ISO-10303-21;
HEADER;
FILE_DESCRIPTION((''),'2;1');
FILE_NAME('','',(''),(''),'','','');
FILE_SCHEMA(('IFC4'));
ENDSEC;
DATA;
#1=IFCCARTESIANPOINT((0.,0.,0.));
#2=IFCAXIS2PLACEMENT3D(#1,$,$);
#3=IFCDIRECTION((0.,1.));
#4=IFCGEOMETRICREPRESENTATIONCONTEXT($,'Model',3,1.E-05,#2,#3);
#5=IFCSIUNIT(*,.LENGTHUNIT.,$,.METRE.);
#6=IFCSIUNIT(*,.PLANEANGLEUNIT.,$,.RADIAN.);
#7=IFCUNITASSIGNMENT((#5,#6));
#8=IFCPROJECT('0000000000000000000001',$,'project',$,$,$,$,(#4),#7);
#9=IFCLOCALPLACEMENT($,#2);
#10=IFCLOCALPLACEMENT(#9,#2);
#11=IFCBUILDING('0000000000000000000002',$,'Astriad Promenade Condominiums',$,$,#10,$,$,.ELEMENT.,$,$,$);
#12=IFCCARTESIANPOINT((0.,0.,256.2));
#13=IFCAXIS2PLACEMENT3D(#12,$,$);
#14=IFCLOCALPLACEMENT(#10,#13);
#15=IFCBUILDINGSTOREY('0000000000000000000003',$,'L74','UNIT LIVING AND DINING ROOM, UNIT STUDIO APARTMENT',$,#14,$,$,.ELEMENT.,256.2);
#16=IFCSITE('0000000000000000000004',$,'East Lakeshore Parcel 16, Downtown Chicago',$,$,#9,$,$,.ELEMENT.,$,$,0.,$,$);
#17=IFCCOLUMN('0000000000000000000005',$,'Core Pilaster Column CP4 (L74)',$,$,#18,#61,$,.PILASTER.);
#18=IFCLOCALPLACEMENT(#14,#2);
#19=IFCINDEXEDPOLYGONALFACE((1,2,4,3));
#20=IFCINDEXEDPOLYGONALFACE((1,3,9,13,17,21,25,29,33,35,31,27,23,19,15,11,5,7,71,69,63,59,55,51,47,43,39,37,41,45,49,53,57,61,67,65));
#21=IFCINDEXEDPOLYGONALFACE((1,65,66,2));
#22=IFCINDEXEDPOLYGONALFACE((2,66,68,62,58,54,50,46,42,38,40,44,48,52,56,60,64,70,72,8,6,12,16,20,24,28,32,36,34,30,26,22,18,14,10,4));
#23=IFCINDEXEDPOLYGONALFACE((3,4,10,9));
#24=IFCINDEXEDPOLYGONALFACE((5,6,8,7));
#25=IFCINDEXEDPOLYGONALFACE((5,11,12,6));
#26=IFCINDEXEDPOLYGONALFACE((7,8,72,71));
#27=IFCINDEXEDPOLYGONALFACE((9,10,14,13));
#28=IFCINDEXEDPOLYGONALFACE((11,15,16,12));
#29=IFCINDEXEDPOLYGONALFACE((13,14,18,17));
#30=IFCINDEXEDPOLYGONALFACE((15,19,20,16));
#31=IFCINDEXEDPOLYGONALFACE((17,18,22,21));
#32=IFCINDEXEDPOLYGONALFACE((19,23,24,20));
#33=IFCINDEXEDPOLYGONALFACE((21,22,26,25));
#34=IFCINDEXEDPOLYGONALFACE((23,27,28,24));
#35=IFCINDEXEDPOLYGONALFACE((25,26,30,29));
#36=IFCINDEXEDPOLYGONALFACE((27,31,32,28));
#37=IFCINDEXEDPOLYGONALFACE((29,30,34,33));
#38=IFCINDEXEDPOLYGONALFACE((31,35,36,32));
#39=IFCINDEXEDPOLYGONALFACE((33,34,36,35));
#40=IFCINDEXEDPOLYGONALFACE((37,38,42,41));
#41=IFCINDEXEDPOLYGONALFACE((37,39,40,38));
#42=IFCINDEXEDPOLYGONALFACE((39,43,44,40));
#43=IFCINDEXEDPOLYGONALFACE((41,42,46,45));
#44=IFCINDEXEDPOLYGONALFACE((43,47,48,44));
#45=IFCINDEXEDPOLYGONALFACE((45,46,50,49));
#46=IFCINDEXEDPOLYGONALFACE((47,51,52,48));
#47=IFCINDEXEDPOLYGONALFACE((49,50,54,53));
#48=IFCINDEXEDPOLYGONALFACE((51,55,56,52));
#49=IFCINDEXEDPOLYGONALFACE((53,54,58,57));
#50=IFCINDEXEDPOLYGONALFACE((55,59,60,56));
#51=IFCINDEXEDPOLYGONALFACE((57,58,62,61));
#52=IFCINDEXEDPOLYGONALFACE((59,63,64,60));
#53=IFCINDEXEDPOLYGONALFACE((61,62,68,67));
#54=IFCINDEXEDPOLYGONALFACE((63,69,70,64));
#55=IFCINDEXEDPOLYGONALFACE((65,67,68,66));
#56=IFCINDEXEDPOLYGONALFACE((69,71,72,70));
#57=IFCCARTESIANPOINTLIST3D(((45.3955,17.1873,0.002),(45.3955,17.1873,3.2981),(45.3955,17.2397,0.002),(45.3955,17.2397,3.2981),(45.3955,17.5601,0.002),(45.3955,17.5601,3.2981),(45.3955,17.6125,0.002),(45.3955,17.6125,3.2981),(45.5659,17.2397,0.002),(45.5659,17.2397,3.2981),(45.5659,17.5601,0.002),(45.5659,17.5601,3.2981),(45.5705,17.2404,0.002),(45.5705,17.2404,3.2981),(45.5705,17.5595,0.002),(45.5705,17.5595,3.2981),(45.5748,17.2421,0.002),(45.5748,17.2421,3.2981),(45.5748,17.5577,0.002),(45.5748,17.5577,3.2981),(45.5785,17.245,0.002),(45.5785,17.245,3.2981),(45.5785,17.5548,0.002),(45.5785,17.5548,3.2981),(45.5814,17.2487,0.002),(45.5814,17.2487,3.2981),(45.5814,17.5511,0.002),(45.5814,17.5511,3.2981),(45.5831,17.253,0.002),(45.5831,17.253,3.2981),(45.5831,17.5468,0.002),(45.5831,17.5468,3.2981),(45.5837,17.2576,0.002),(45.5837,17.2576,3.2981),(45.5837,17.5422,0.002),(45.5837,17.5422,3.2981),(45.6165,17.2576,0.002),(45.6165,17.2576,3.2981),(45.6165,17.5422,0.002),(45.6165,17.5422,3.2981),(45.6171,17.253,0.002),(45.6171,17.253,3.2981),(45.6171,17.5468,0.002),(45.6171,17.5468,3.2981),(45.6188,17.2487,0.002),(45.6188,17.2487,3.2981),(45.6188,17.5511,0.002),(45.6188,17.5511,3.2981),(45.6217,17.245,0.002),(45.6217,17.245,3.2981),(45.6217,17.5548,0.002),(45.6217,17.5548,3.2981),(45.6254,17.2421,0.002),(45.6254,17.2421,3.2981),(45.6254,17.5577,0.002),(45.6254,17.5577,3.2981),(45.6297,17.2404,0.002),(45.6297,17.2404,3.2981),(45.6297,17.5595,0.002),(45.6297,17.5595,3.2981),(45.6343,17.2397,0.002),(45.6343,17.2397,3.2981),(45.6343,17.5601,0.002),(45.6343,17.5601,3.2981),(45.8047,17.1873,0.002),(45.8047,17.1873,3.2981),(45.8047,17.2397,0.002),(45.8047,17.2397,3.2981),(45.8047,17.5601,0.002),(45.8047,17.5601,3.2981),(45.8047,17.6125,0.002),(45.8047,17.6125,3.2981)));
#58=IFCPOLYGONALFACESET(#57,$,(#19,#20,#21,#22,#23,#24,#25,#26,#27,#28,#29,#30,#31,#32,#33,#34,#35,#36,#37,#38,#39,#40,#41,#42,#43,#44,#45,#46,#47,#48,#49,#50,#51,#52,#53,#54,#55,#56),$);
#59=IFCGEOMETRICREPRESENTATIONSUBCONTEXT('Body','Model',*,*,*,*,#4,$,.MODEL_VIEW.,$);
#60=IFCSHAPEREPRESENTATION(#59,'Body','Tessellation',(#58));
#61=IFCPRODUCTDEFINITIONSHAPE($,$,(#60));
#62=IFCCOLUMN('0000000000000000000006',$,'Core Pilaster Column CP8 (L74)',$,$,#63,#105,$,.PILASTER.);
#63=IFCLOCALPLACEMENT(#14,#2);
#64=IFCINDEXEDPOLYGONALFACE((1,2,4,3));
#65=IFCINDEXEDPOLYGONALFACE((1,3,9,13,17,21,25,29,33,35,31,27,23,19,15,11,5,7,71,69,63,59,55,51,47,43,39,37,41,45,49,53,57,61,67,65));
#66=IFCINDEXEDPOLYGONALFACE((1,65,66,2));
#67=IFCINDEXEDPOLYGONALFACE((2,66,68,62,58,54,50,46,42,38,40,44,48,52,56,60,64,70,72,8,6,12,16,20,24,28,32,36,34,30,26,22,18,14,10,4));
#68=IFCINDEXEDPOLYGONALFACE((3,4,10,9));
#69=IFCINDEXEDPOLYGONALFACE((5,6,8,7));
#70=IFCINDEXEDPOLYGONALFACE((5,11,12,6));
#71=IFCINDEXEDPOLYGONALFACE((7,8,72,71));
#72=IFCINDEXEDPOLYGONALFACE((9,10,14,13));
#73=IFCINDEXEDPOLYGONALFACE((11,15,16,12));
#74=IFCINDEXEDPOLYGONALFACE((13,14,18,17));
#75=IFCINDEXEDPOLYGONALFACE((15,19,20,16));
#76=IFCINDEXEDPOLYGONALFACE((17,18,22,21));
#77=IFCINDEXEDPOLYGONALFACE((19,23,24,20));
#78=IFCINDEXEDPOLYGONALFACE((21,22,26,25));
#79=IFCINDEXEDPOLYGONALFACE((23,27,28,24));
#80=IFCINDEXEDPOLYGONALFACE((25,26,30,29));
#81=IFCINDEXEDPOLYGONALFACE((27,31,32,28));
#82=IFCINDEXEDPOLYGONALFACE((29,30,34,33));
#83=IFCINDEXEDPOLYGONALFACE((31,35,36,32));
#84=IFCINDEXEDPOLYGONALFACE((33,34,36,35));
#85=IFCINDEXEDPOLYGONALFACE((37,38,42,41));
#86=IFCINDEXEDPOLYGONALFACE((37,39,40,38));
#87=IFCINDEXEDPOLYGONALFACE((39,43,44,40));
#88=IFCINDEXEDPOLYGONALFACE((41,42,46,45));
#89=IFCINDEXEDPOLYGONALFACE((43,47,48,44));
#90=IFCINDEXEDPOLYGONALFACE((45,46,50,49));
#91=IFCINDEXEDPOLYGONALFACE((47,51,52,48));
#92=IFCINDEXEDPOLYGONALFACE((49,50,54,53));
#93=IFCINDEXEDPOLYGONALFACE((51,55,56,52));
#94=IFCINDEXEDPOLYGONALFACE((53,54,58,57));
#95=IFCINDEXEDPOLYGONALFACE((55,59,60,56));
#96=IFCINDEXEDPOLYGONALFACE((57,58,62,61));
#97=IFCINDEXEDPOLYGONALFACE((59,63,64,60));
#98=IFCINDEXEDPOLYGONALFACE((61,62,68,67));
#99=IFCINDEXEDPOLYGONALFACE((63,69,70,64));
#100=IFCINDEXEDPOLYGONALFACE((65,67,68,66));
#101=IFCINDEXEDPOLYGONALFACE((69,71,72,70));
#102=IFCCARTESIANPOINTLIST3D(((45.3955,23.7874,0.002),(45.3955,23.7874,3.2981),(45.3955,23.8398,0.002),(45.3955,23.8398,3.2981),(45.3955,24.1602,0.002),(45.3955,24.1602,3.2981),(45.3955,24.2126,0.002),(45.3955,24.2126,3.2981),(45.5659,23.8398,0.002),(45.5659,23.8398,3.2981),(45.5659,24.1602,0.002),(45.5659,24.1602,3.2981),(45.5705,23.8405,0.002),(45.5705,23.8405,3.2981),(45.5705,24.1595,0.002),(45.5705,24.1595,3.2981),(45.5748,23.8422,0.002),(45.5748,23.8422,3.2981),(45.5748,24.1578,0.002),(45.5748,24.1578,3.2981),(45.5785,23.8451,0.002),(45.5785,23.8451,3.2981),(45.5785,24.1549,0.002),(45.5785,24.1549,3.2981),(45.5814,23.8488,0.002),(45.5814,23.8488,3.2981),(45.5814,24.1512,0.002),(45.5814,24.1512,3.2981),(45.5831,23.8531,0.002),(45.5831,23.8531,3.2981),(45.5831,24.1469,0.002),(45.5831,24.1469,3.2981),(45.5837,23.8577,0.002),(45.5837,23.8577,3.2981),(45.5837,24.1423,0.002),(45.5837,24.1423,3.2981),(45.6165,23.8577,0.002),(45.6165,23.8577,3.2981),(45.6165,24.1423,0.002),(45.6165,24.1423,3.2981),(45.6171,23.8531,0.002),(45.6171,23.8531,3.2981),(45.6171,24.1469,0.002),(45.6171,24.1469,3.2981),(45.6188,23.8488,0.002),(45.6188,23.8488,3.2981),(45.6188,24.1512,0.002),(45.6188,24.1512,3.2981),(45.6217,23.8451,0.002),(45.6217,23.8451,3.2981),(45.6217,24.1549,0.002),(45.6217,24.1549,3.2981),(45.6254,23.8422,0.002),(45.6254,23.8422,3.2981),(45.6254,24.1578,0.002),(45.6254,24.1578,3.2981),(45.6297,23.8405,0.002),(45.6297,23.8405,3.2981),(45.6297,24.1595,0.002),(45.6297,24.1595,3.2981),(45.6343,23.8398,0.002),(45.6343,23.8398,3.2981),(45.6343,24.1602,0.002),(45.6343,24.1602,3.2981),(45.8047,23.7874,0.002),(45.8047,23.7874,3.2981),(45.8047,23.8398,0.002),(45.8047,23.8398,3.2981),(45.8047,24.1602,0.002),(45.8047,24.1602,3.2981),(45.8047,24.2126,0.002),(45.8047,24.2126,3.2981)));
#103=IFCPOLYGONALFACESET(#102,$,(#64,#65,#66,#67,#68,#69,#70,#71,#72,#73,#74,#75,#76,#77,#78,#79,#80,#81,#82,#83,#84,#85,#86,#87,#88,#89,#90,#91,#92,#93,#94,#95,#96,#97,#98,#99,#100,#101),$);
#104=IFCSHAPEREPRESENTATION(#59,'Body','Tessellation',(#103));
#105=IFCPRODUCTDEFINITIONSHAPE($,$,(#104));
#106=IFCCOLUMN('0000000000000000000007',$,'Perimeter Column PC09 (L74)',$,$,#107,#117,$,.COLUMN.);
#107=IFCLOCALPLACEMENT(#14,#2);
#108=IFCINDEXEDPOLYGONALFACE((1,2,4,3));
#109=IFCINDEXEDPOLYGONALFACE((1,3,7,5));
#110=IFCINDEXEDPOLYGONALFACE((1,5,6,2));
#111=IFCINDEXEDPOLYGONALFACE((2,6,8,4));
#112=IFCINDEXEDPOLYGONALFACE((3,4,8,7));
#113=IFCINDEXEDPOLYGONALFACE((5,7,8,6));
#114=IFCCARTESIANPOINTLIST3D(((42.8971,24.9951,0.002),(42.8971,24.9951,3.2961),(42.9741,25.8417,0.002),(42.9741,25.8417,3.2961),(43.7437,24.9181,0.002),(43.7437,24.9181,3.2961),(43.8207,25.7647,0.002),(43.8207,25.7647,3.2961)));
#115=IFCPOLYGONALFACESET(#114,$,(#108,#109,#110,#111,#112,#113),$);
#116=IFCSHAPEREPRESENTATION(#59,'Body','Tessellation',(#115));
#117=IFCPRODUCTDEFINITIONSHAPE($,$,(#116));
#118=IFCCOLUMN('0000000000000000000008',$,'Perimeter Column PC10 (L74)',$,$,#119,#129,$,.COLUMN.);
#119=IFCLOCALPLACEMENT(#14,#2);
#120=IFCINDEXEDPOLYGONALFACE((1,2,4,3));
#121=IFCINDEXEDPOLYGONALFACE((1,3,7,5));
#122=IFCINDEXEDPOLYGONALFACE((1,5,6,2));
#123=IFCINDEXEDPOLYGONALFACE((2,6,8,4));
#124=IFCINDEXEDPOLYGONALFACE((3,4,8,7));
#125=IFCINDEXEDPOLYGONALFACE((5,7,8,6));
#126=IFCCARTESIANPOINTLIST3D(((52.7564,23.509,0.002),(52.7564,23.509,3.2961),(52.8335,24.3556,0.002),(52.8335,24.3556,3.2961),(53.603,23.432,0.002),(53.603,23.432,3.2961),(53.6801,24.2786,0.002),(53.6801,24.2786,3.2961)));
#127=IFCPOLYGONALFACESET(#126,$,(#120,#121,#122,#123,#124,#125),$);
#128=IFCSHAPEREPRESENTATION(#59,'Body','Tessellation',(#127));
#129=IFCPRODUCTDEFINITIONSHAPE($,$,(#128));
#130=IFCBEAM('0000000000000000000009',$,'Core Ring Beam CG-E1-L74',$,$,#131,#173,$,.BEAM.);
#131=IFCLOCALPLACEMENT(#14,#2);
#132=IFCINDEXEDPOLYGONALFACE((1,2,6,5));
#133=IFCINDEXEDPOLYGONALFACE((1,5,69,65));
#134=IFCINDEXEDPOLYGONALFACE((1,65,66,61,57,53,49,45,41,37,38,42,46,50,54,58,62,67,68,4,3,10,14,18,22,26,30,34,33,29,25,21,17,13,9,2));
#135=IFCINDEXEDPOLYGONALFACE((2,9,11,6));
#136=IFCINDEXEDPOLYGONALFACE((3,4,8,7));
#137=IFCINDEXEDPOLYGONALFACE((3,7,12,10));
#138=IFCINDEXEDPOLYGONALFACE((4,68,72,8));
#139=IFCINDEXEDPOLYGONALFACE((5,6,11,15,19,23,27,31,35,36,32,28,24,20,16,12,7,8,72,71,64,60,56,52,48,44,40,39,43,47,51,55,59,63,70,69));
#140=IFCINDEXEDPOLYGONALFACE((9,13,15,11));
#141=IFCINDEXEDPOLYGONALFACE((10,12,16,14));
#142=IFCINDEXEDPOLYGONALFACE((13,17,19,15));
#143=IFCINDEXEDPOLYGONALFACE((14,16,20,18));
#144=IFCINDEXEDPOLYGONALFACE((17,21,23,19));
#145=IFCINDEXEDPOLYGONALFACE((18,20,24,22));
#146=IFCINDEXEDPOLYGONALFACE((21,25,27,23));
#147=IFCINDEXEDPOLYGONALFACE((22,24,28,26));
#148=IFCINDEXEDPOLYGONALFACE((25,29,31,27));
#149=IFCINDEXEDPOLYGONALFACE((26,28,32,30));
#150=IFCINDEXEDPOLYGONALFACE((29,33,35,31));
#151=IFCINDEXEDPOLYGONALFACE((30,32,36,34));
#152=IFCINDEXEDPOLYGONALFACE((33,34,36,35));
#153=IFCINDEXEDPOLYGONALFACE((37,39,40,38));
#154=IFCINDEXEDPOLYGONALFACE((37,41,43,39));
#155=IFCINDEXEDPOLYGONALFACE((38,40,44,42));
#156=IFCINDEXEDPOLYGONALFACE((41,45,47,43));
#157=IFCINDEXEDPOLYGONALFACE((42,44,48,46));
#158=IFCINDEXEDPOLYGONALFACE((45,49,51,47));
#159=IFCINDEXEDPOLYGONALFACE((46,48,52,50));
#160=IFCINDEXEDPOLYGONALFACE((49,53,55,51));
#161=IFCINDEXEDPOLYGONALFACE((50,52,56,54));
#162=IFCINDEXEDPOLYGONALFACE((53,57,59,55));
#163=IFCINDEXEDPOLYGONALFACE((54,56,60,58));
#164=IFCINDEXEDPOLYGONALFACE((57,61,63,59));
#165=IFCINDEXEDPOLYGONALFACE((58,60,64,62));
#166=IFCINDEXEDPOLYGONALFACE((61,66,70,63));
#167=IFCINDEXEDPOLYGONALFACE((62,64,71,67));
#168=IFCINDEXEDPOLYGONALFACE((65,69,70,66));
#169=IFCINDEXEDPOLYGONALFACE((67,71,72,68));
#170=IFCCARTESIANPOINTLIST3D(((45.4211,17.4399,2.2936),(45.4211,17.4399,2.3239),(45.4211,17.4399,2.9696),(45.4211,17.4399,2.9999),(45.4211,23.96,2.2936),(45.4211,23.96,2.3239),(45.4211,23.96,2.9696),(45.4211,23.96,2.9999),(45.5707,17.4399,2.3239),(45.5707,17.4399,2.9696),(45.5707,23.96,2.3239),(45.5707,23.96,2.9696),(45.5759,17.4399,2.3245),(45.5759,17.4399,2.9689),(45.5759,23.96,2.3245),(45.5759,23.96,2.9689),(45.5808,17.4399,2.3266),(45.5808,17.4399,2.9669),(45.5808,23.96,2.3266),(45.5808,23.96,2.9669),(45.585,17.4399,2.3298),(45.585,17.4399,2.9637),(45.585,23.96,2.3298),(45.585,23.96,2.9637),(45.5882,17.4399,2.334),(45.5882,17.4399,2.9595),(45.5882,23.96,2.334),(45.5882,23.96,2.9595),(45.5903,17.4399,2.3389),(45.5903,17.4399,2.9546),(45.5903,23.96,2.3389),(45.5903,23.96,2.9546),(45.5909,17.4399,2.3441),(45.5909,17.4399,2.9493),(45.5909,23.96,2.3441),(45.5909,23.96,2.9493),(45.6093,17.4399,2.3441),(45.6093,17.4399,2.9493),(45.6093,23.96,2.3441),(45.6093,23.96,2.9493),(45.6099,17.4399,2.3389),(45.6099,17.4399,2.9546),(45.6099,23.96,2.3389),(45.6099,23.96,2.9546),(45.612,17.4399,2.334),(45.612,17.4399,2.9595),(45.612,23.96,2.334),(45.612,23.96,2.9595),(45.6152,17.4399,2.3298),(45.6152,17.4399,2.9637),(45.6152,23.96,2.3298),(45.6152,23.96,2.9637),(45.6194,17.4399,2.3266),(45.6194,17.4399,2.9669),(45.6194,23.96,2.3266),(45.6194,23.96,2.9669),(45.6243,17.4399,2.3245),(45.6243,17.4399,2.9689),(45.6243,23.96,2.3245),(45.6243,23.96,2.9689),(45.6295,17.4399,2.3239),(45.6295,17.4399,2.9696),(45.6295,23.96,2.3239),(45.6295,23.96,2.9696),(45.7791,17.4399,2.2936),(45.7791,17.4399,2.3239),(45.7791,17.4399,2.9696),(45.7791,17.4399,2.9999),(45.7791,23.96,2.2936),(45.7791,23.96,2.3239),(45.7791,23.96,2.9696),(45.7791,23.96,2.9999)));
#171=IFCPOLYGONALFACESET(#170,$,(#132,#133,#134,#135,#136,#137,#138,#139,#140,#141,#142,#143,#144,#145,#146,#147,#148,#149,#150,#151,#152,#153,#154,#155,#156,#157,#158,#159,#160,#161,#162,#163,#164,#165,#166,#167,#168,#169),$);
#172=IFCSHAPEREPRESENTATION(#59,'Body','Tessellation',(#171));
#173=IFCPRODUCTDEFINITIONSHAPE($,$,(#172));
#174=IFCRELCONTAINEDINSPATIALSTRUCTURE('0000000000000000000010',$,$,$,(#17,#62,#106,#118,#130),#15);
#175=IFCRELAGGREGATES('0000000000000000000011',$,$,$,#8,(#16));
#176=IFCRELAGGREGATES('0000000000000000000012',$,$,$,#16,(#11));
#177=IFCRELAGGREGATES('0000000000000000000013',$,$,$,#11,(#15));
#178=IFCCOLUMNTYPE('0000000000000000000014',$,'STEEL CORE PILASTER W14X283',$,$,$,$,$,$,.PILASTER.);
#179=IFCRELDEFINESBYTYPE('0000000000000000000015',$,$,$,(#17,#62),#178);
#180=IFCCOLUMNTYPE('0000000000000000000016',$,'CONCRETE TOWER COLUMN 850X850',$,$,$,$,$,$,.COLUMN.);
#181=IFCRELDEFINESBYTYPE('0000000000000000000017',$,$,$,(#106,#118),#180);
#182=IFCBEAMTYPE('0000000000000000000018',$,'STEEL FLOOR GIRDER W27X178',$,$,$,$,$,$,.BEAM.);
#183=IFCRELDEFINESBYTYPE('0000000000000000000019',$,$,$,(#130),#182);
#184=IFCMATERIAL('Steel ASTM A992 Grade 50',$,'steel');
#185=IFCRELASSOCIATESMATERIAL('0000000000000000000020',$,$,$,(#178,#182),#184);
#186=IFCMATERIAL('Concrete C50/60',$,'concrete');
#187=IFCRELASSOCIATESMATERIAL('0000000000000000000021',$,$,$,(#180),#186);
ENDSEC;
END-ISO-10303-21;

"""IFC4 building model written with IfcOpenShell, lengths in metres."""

from ifc_helpers import new_model, si_unit, direction, frame, origin, origin_2d, place, context, subcontext, project, spatial, rectangle, i_section, extrude, source, transform, mapped, material, material_profile, profile_set, type_object, type_shapes, element, save


model = new_model("IFC4")

# Units and contexts
model_context = context("Model", 3, precision=1e-05, world=origin(), true_north=direction((0.0, 1.0)))
body_context = subcontext(model_context, "Body", "Model", "MODEL_VIEW")
ifc_project = project(units=[si_unit("LENGTHUNIT", "METRE"), si_unit("PLANEANGLEUNIT", "RADIAN")], contexts=[model_context])

# Site, building, storey
site_placement = place(None, origin())
site = spatial("IfcSite", under=ifc_project, at=site_placement, Name="East Lakeshore Parcel 16, Downtown Chicago", CompositionType="ELEMENT", RefElevation=0.0)
building_placement = place(site_placement, origin())
building = spatial("IfcBuilding", under=site, at=building_placement, Name="Astriad Promenade Condominiums", CompositionType="ELEMENT")
storey_placement = place(building_placement, frame((0.0, 0.0, 256.2)))
storey = spatial("IfcBuildingStorey", under=building, at=storey_placement, Name="L74", Description="UNIT LIVING AND DINING ROOM, UNIT STUDIO APARTMENT", CompositionType="ELEMENT", Elevation=256.2)

# Columns
ifc_material_1 = material(Name="Steel ASTM A992 Grade 50", Category="steel")
ifc_material_profile_1 = material_profile(ifc_material_1, i_section(OverallWidth=0.4092, OverallDepth=0.4253, WebThickness=0.0327, FlangeThickness=0.0525, FilletRadius=0.0178, at=origin_2d()), Name="W14X283")
ifc_profile_set_1 = profile_set([ifc_material_profile_1], Name="Steel ASTM A992 Grade 50")
column_type_1 = type_object("IfcColumnType", Name="STEEL CORE PILASTER W14X283", PredefinedType="PILASTER", material=ifc_profile_set_1)
shared_shape_1 = source(origin(), body_context, "Body", "SweptSolid", [
    extrude(i_section(OverallWidth=0.4092, OverallDepth=0.4253, WebThickness=0.0327, FlangeThickness=0.0525, FilletRadius=0.0178, at=origin_2d()), origin(), (0.0, 0.0, 1.0), 3.2961),
])
type_shapes(column_type_1, [shared_shape_1])
for number, where, z_axis, x_axis, name in (
    (1, (45.6001, 17.3999, 0.002), (0.0, 0.0, 1.0), (1.0, 0.0, 0.0), "Core Pilaster Column CP4 (L74)"),
    (2, (45.6001, 24.0, 0.002), (0.0, 0.0, 1.0), (1.0, 0.0, 0.0), "Core Pilaster Column CP8 (L74)"),
):
    element("IfcColumn", number, at=place(storey_placement, frame(where, z_axis=z_axis, x_axis=x_axis)), inside=storey, type_object=column_type_1, Name=name, PredefinedType="PILASTER", context=body_context, shape_type="MappedRepresentation", body=[
        mapped(shared_shape_1, transform((0.0, 0.0, 0.0), scale=1.0)),
    ])
ifc_material_2 = material(Name="Concrete C50/60", Category="concrete")
ifc_material_profile_2 = material_profile(ifc_material_2, rectangle(XDim=0.8501, YDim=0.8501, at=origin_2d()), Name="RC-COL-850X850")
ifc_profile_set_2 = profile_set([ifc_material_profile_2], Name="Concrete C50/60")
column_type_2 = type_object("IfcColumnType", Name="CONCRETE TOWER COLUMN 850X850", PredefinedType="COLUMN", material=ifc_profile_set_2)
shared_shape_2 = source(origin(), body_context, "Body", "SweptSolid", [
    extrude(rectangle(XDim=0.8501, YDim=0.8501, at=origin_2d()), origin(), (0.0, 0.0, 1.0), 3.2942),
])
type_shapes(column_type_2, [shared_shape_2])
for number, where, z_axis, x_axis, name in (
    (3, (43.3589, 25.3799, 0.002), (0.0, 0.0, 1.0), (0.995884, -0.090633, 0.0), "Perimeter Column PC09 (L74)"),
    (4, (53.2183, 23.8938, 0.002), (0.0, 0.0, 1.0), (0.995884, -0.090633, 0.0), "Perimeter Column PC10 (L74)"),
):
    element("IfcColumn", number, at=place(storey_placement, frame(where, z_axis=z_axis, x_axis=x_axis)), inside=storey, type_object=column_type_2, Name=name, PredefinedType="COLUMN", context=body_context, shape_type="MappedRepresentation", body=[
        mapped(shared_shape_2, transform((0.0, 0.0, 0.0), scale=1.0)),
    ])

# Beam
ifc_material_profile_3 = material_profile(ifc_material_1, i_section(OverallWidth=0.3579, OverallDepth=0.7063, WebThickness=0.0183, FlangeThickness=0.0303, FilletRadius=0.0203, at=origin_2d()), Name="W27X178")
ifc_profile_set_3 = profile_set([ifc_material_profile_3], Name="Steel ASTM A992 Grade 50")
beam_type_1 = type_object("IfcBeamType", Name="STEEL FLOOR GIRDER W27X178", PredefinedType="BEAM", material=ifc_profile_set_3)
shared_shape_3 = source(origin(), body_context, "Body", "SweptSolid", [
    extrude(i_section(OverallWidth=0.3579, OverallDepth=0.7063, WebThickness=0.0183, FlangeThickness=0.0303, FilletRadius=0.0203, at=origin_2d()), origin(), (0.0, 0.0, 1.0), 6.52),
])
type_shapes(beam_type_1, [shared_shape_3])
beam_1_placement = place(storey_placement, frame((45.6001, 17.4399, 2.6467), z_axis=(0.0, 1.0, 0.0), x_axis=(-1.0, 0.0, 0.0)))
element("IfcBeam", 5, at=beam_1_placement, inside=storey, type_object=beam_type_1, Name="Core Ring Beam CG-E1-L74", PredefinedType="BEAM", context=body_context, shape_type="MappedRepresentation", body=[
    mapped(shared_shape_3, transform((0.0, 0.0, 0.0), scale=1.0)),
])

save(model, "model.ifc")
